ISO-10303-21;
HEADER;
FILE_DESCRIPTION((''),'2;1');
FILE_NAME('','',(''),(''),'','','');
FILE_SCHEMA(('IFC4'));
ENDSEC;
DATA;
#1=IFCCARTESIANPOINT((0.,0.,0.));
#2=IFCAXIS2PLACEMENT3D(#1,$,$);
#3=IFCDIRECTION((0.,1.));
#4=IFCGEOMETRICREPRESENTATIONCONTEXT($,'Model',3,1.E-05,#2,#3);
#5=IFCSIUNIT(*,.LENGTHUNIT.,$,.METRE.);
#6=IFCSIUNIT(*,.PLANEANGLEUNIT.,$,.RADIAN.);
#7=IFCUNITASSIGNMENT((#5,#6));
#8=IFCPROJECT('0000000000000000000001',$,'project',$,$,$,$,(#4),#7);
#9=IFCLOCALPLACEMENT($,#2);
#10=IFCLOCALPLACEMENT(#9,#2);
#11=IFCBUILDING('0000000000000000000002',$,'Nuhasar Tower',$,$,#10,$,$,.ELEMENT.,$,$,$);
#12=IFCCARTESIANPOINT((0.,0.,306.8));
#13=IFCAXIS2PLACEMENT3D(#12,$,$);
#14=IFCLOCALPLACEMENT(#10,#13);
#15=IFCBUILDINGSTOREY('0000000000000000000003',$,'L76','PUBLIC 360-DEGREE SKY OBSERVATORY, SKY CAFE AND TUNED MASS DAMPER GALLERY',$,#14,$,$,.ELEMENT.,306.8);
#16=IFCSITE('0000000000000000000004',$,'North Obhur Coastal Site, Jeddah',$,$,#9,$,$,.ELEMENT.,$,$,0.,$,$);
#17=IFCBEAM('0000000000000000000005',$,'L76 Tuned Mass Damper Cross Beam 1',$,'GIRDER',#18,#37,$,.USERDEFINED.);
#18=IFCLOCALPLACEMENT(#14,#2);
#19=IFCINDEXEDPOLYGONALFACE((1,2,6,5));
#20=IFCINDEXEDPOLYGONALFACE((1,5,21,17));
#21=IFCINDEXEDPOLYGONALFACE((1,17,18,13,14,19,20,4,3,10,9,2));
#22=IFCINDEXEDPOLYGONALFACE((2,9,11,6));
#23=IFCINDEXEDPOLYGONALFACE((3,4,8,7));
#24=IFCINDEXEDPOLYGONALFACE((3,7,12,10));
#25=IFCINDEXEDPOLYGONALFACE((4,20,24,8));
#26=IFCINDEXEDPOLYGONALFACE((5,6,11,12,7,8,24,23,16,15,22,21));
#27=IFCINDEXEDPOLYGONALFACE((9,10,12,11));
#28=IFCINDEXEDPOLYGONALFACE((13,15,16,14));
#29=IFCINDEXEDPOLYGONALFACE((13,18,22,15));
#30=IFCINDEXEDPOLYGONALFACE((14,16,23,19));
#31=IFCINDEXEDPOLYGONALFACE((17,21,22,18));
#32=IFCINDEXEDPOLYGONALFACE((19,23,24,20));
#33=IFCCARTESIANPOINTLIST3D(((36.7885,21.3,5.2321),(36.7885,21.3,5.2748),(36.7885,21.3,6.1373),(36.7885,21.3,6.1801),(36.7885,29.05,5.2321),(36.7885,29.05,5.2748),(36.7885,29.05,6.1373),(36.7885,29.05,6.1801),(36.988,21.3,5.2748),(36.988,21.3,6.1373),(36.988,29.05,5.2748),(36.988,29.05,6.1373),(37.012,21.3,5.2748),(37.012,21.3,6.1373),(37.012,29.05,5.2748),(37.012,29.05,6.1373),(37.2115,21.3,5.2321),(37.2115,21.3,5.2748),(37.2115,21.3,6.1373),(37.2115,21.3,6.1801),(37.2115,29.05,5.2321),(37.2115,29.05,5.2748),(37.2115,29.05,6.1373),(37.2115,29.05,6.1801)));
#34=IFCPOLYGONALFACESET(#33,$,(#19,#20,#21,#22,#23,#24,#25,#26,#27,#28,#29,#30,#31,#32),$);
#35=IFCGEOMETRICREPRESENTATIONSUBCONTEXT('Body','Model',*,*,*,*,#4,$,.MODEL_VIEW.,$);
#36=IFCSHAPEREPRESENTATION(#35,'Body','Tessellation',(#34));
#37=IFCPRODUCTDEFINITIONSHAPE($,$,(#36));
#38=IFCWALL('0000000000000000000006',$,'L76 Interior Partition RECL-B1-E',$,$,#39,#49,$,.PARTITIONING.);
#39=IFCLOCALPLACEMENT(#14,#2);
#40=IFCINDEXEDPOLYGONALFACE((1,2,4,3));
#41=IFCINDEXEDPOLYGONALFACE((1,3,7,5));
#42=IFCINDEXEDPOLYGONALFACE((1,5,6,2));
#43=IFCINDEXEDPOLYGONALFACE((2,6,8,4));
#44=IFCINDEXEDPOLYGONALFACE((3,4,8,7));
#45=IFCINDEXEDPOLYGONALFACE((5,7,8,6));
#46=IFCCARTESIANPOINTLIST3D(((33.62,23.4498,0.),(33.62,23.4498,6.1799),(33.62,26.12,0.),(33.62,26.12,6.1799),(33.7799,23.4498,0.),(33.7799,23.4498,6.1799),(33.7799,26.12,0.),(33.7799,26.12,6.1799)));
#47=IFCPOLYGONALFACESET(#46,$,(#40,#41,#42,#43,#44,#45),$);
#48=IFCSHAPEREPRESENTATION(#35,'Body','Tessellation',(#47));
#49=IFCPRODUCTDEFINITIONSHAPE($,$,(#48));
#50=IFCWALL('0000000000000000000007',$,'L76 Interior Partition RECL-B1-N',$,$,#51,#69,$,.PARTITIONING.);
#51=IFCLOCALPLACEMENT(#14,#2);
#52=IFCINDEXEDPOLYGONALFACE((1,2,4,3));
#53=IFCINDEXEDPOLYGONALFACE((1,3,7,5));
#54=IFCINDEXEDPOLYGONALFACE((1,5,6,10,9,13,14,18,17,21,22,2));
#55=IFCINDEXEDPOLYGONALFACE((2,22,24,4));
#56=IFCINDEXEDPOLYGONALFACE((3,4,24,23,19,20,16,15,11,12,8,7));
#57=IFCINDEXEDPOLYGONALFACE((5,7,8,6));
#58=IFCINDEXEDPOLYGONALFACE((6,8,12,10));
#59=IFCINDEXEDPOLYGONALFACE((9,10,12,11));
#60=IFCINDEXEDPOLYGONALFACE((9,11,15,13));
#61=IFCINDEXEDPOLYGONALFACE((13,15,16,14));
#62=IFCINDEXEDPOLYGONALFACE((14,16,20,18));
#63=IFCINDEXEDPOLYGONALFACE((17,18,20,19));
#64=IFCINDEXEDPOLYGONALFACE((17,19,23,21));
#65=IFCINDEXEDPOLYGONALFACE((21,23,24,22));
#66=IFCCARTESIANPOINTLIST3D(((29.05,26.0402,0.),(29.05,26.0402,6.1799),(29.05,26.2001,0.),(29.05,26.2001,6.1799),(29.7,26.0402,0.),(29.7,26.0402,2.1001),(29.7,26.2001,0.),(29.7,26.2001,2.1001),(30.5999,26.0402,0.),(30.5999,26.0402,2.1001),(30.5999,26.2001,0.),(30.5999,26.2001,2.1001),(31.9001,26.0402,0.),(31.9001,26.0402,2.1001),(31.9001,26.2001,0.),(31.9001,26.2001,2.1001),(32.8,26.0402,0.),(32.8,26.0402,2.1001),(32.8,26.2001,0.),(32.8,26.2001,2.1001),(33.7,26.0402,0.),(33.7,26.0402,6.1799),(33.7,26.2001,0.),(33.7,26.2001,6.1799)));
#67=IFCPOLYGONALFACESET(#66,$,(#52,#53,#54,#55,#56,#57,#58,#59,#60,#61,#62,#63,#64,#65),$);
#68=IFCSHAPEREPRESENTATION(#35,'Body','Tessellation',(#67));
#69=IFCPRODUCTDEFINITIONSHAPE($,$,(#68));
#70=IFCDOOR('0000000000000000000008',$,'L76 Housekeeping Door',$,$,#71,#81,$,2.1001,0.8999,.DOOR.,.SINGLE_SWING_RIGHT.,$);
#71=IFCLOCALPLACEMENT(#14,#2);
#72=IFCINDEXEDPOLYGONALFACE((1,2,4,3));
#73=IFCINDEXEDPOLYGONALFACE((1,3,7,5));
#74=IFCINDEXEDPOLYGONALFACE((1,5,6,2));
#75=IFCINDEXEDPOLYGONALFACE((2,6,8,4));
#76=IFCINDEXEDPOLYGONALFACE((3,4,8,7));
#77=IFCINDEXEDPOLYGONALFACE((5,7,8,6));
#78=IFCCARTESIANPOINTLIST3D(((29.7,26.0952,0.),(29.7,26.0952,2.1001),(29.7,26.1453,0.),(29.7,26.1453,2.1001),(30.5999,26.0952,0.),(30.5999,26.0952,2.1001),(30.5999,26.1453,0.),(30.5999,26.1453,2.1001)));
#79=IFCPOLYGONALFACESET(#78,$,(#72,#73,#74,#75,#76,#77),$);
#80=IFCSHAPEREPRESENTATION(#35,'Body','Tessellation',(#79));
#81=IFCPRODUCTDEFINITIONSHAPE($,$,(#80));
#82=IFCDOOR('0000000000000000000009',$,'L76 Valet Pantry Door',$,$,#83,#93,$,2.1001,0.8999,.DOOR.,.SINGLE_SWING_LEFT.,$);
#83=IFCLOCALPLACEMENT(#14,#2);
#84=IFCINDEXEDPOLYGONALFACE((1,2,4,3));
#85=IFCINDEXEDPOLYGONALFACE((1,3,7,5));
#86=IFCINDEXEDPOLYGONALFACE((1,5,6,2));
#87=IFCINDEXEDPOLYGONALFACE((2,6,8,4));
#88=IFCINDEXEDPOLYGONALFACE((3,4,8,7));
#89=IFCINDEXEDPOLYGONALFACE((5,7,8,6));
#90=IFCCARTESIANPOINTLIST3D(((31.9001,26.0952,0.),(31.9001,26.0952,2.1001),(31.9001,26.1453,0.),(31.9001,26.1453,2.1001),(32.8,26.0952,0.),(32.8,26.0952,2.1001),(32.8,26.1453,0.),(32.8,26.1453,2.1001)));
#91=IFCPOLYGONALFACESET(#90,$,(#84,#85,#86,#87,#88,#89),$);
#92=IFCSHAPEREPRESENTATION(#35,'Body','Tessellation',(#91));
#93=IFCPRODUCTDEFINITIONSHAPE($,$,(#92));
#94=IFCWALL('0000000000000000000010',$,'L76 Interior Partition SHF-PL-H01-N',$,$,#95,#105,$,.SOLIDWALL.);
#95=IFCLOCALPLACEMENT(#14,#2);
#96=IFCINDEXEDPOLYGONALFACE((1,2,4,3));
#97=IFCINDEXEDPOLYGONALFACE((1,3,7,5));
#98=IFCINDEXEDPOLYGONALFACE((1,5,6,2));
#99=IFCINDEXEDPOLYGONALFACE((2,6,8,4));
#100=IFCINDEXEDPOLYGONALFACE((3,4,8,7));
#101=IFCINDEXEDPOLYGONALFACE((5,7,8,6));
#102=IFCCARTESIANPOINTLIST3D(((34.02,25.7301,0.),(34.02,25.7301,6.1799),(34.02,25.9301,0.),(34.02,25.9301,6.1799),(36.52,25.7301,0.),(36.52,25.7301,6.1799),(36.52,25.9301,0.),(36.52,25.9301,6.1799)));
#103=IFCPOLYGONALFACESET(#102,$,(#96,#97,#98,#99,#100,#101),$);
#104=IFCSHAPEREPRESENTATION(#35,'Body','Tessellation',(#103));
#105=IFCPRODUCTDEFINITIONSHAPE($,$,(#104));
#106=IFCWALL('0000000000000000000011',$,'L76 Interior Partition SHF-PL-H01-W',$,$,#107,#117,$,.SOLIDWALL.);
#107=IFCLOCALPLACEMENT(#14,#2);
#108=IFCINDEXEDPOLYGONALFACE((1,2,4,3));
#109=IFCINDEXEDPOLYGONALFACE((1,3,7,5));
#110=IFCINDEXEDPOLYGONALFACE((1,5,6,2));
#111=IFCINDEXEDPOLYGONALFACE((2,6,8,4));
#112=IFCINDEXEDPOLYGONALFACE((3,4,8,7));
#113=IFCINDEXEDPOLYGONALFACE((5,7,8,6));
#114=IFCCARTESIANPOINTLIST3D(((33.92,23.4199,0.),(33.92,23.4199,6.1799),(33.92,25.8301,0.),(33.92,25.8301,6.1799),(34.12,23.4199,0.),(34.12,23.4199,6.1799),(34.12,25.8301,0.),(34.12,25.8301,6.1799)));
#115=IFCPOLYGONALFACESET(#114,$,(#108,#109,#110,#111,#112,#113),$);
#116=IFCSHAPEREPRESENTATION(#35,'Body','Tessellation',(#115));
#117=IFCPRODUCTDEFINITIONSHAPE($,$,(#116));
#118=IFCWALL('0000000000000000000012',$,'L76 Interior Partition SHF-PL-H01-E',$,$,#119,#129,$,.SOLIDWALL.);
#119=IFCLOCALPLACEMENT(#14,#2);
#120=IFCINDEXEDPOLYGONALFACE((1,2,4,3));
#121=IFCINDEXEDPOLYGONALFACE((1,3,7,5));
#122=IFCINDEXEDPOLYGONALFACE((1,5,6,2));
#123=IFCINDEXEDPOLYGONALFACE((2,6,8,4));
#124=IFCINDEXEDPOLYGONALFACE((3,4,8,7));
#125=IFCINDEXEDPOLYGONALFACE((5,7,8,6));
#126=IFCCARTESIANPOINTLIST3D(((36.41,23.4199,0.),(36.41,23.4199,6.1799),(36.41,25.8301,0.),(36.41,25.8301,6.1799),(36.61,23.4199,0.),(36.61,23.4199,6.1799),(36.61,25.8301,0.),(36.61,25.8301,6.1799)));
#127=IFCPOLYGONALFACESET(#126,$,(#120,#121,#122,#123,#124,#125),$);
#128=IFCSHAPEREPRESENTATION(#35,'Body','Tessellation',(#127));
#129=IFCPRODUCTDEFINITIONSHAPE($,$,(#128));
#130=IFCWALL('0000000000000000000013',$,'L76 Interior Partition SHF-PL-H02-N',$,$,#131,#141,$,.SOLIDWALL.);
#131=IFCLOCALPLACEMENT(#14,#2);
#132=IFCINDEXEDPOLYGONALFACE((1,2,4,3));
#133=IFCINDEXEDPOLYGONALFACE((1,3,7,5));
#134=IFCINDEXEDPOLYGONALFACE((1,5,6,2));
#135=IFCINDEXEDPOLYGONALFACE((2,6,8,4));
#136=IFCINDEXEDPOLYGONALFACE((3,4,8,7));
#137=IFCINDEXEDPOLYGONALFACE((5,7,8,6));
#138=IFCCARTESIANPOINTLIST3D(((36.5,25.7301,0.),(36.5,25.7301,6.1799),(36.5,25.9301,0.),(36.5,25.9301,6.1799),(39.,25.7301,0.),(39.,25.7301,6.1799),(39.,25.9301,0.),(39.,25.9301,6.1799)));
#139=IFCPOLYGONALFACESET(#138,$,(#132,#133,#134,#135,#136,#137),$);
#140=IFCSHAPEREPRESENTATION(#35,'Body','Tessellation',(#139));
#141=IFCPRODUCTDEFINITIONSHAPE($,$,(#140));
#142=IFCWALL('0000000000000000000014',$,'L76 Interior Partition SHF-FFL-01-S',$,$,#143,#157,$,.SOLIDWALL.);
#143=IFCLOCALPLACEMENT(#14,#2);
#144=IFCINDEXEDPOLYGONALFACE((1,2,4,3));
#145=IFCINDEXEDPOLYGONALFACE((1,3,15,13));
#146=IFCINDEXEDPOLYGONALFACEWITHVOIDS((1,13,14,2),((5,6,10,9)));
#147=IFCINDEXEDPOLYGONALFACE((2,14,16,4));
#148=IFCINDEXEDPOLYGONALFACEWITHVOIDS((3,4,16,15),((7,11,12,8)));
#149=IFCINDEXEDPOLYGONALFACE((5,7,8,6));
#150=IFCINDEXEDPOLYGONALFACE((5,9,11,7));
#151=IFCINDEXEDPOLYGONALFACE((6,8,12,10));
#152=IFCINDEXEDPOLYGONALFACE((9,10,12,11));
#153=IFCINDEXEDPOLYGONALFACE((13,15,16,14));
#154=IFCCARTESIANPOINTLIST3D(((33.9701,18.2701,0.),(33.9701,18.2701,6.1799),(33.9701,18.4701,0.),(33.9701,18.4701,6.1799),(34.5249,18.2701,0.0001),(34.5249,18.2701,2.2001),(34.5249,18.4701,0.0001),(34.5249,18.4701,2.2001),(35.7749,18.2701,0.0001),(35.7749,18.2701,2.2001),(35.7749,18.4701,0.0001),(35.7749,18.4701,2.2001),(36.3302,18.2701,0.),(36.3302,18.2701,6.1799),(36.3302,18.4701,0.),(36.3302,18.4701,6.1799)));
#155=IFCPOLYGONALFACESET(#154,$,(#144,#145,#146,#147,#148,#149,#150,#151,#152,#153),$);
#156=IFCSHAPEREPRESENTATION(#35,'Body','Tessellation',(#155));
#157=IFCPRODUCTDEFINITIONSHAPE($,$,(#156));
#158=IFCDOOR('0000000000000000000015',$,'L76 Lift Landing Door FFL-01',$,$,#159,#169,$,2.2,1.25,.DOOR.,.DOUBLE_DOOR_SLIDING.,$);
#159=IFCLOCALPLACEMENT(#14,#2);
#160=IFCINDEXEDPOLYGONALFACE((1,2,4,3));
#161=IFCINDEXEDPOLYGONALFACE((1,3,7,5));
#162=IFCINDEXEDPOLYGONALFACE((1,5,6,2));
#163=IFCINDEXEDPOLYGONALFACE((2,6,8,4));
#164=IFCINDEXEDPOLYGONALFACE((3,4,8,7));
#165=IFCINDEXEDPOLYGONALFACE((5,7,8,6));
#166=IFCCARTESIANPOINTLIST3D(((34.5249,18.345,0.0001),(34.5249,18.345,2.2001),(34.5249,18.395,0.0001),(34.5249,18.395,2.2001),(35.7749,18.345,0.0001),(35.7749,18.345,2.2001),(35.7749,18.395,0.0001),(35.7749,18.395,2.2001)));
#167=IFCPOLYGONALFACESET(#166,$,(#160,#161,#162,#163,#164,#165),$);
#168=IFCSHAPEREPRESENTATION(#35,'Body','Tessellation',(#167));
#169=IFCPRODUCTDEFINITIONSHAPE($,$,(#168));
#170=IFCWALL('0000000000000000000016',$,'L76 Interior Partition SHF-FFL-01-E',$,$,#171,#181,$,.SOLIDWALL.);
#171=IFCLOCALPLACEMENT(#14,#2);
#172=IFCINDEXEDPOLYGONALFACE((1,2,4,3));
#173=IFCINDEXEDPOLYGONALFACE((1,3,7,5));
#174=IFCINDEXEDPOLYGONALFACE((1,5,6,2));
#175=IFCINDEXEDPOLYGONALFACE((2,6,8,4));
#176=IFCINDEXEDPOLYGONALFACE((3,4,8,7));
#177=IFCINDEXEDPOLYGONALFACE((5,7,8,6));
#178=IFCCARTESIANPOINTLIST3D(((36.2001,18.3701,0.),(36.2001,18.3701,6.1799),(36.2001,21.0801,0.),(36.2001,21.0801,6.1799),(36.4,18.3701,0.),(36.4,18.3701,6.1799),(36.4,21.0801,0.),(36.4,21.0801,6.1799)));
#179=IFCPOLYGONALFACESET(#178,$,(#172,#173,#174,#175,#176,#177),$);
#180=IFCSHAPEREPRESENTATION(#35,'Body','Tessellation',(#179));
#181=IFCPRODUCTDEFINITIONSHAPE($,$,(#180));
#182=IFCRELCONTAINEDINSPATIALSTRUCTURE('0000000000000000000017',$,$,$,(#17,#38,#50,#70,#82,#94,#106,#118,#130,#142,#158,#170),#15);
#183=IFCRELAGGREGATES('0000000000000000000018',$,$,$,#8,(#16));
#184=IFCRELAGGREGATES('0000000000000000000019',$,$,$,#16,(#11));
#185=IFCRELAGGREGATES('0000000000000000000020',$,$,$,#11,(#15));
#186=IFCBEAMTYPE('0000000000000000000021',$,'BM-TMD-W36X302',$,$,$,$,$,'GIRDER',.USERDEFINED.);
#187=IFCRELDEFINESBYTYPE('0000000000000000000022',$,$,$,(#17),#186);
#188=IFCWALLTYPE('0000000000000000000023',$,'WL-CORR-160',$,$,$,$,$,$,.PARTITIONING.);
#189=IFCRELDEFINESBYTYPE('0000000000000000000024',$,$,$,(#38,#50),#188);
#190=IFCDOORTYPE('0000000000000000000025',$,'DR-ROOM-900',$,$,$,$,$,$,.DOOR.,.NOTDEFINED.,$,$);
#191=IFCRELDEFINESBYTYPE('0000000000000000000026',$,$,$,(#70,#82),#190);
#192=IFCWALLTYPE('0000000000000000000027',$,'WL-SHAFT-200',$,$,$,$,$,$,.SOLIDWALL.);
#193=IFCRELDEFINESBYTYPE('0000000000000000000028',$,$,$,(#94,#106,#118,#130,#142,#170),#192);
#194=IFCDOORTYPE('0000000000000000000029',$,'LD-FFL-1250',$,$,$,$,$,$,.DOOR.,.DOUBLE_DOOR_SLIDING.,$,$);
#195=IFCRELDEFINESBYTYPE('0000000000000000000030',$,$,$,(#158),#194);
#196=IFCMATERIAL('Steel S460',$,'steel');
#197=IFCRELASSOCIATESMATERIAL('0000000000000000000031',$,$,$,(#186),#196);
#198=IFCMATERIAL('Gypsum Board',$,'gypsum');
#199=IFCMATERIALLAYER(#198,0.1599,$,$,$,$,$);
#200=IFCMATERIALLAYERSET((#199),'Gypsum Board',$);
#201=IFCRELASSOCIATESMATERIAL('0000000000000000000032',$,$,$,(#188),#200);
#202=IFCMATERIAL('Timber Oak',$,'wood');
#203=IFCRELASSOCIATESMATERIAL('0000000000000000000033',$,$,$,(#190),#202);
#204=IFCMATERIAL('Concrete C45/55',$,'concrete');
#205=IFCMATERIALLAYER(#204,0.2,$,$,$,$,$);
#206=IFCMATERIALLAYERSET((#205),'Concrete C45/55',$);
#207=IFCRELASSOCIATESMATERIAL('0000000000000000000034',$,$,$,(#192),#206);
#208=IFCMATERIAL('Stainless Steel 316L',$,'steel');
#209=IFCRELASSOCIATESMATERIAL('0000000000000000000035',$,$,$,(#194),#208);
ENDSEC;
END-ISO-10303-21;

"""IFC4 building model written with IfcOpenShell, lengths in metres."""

from ifc_helpers import new_model, si_unit, direction, frame, frame_2d, origin, origin_2d, place, context, subcontext, project, spatial, rectangle, i_section, extrude, material, layer, layer_set, material_profile, profile_set, type_object, element, fill, save


model = new_model("IFC4")

# Units and contexts
model_context = context("Model", 3, precision=1e-05, world=origin(), true_north=direction((0.0, 1.0)))
body_context = subcontext(model_context, "Body", "Model", "MODEL_VIEW")
ifc_project = project(units=[si_unit("LENGTHUNIT", "METRE"), si_unit("PLANEANGLEUNIT", "RADIAN")], contexts=[model_context])

# Site, building, storey
site_placement = place(None, origin())
site = spatial("IfcSite", under=ifc_project, at=site_placement, Name="North Obhur Coastal Site, Jeddah", CompositionType="ELEMENT", RefElevation=0.0)
building_placement = place(site_placement, origin())
building = spatial("IfcBuilding", under=site, at=building_placement, Name="Nuhasar Tower", CompositionType="ELEMENT")
storey_placement = place(building_placement, frame((0.0, 0.0, 306.8)))
storey = spatial("IfcBuildingStorey", under=building, at=storey_placement, Name="L76", Description="PUBLIC 360-DEGREE SKY OBSERVATORY, SKY CAFE AND TUNED MASS DAMPER GALLERY", CompositionType="ELEMENT", Elevation=306.8)

# Beam
ifc_material_1 = material(Name="Steel S460", Category="steel")
ifc_material_profile = material_profile(ifc_material_1, i_section(OverallWidth=0.4231, OverallDepth=0.948, WebThickness=0.0239, FlangeThickness=0.0427, at=origin_2d()), Name="W36X302")
ifc_profile_set = profile_set([ifc_material_profile], Name="Steel S460")
beam_type = type_object("IfcBeamType", Name="BM-TMD-W36X302", ElementType="GIRDER", PredefinedType="USERDEFINED", material=ifc_profile_set)
beam_placement = place(storey_placement, frame((37.0, 21.3, 5.7061), z_axis=(0.0, 1.0, 0.0), x_axis=(-1.0, 0.0, 0.0)))
element("IfcBeam", 1, at=beam_placement, inside=storey, type_object=beam_type, Name="L76 Tuned Mass Damper Cross Beam 1", ObjectType="GIRDER", PredefinedType="USERDEFINED", context=body_context, shape_type="SweptSolid", body=[
    extrude(i_section(OverallWidth=0.4231, OverallDepth=0.948, WebThickness=0.0239, FlangeThickness=0.0427, at=origin_2d()), origin(), (0.0, 0.0, 1.0), 7.75),
])

# Wall
ifc_material_2 = material(Name="Gypsum Board", Category="gypsum")
ifc_layer_1 = layer(ifc_material_2, 0.1599)
ifc_layer_set_1 = layer_set([ifc_layer_1], Name="Gypsum Board")
wall_type_1 = type_object("IfcWallType", Name="WL-CORR-160", PredefinedType="PARTITIONING", material=ifc_layer_set_1)
wall_1_placement = place(storey_placement, frame((33.7, 23.45, 0.0), z_axis=(0.0, 0.0, 1.0), x_axis=(0.0, 1.0, 0.0)))
element("IfcWall", 2, at=wall_1_placement, inside=storey, type_object=wall_type_1, Name="L76 Interior Partition RECL-B1-E", PredefinedType="PARTITIONING", context=body_context, shape_type="SweptSolid", body=[
    extrude(rectangle(XDim=2.6702, YDim=0.1599, at=frame_2d((1.335, 0.0))), origin(), (0.0, 0.0, 1.0), 6.1799),
])

# Wall, openings, doors
wall_2_placement = place(storey_placement, frame((33.7, 26.1201, 0.0), z_axis=(0.0, 0.0, 1.0), x_axis=(-1.0, 0.0, 0.0)))
wall_2 = element("IfcWall", 3, at=wall_2_placement, inside=storey, type_object=wall_type_1, Name="L76 Interior Partition RECL-B1-N", PredefinedType="PARTITIONING", context=body_context, shape_type="SweptSolid", body=[
    extrude(rectangle(XDim=4.6499, YDim=0.1599, at=frame_2d((2.325, 0.0))), origin(), (0.0, 0.0, 1.0), 6.1799),
])
opening_1_placement = place(wall_2_placement, frame((3.1001, 0.0, 0.0)))
opening_1 = element("IfcOpeningElement", 4, at=opening_1_placement, cuts=wall_2, PredefinedType="OPENING", context=body_context, shape_type="SweptSolid", body=[
    extrude(rectangle(XDim=0.8999, YDim=2.1001, at=frame_2d((0.45, 1.05))), frame((0.0, 0.0898, 0.0), z_axis=(0.0, -1.0, 0.0), x_axis=(1.0, 0.0, 0.0)), (0.0, 0.0, 1.0), 0.1799),
])
opening_2_placement = place(wall_2_placement, frame((0.8999, 0.0, 0.0)))
opening_2 = element("IfcOpeningElement", 5, at=opening_2_placement, cuts=wall_2, PredefinedType="OPENING", context=body_context, shape_type="SweptSolid", body=[
    extrude(rectangle(XDim=0.8999, YDim=2.1001, at=frame_2d((0.45, 1.05))), frame((0.0, 0.0898, 0.0), z_axis=(0.0, -1.0, 0.0), x_axis=(1.0, 0.0, 0.0)), (0.0, 0.0, 1.0), 0.1799),
])
ifc_material_3 = material(Name="Timber Oak", Category="wood")
door_type_1 = type_object("IfcDoorType", Name="DR-ROOM-900", OperationType="NOTDEFINED", PredefinedType="DOOR", material=ifc_material_3)
door_1_placement = place(opening_1_placement, origin())
door_1 = element("IfcDoor", 6, at=door_1_placement, inside=storey, type_object=door_type_1, Name="L76 Housekeeping Door", OperationType="SINGLE_SWING_RIGHT", OverallHeight=2.1001, OverallWidth=0.8999, PredefinedType="DOOR", context=body_context, shape_type="SweptSolid", body=[
    extrude(rectangle(XDim=0.8999, YDim=2.1001, at=frame_2d((0.45, 1.05))), frame((0.0, 0.0249, 0.0), z_axis=(0.0, -1.0, 0.0), x_axis=(1.0, 0.0, 0.0)), (0.0, 0.0, 1.0), 0.05),
])
fill(opening_1, door_1)
door_2_placement = place(opening_2_placement, origin())
door_2 = element("IfcDoor", 7, at=door_2_placement, inside=storey, type_object=door_type_1, Name="L76 Valet Pantry Door", OperationType="SINGLE_SWING_LEFT", OverallHeight=2.1001, OverallWidth=0.8999, PredefinedType="DOOR", context=body_context, shape_type="SweptSolid", body=[
    extrude(rectangle(XDim=0.8999, YDim=2.1001, at=frame_2d((0.45, 1.05))), frame((0.0, 0.0249, 0.0), z_axis=(0.0, -1.0, 0.0), x_axis=(1.0, 0.0, 0.0)), (0.0, 0.0, 1.0), 0.05),
])
fill(opening_2, door_2)

# Shared definitions
ifc_material_4 = material(Name="Concrete C45/55", Category="concrete")
ifc_layer_2 = layer(ifc_material_4, 0.2)
ifc_layer_set_2 = layer_set([ifc_layer_2], Name="Concrete C45/55")
wall_type_2 = type_object("IfcWallType", Name="WL-SHAFT-200", PredefinedType="SOLIDWALL", material=ifc_layer_set_2)
ifc_material_5 = material(Name="Stainless Steel 316L", Category="steel")

# Walls
wall_3_placement = place(storey_placement, frame((34.02, 25.8301, 0.0), z_axis=(0.0, 0.0, 1.0), x_axis=(1.0, 0.0, 0.0)))
element("IfcWall", 8, at=wall_3_placement, inside=storey, type_object=wall_type_2, Name="L76 Interior Partition SHF-PL-H01-N", PredefinedType="SOLIDWALL", context=body_context, shape_type="SweptSolid", body=[
    extrude(rectangle(XDim=2.5, YDim=0.2, at=frame_2d((1.25, 0.0))), origin(), (0.0, 0.0, 1.0), 6.1799),
])
for number, where, z_axis, x_axis, name in (
    (9, (34.02, 23.4199, 0.0), (0.0, 0.0, 1.0), (0.0, 1.0, 0.0), "L76 Interior Partition SHF-PL-H01-W"),
    (10, (36.51, 23.4199, 0.0), (0.0, 0.0, 1.0), (0.0, 1.0, 0.0), "L76 Interior Partition SHF-PL-H01-E"),
):
    element("IfcWall", number, at=place(storey_placement, frame(where, z_axis=z_axis, x_axis=x_axis)), inside=storey, type_object=wall_type_2, Name=name, PredefinedType="SOLIDWALL", context=body_context, shape_type="SweptSolid", body=[
        extrude(rectangle(XDim=2.4102, YDim=0.2, at=frame_2d((1.2051, 0.0))), origin(), (0.0, 0.0, 1.0), 6.1799),
    ])

# Wall
wall_4_placement = place(storey_placement, frame((36.5, 25.8301, 0.0), z_axis=(0.0, 0.0, 1.0), x_axis=(1.0, 0.0, 0.0)))
element("IfcWall", 11, at=wall_4_placement, inside=storey, type_object=wall_type_2, Name="L76 Interior Partition SHF-PL-H02-N", PredefinedType="SOLIDWALL", context=body_context, shape_type="SweptSolid", body=[
    extrude(rectangle(XDim=2.5, YDim=0.2, at=frame_2d((1.25, 0.0))), origin(), (0.0, 0.0, 1.0), 6.1799),
])

# Wall, opening, door
wall_5_placement = place(storey_placement, frame((33.97, 18.3701, 0.0), z_axis=(0.0, 0.0, 1.0), x_axis=(1.0, 0.0, 0.0)))
wall_5 = element("IfcWall", 12, at=wall_5_placement, inside=storey, type_object=wall_type_2, Name="L76 Interior Partition SHF-FFL-01-S", PredefinedType="SOLIDWALL", context=body_context, shape_type="SweptSolid", body=[
    extrude(rectangle(XDim=2.3601, YDim=0.2, at=frame_2d((1.1802, 0.0))), origin(), (0.0, 0.0, 1.0), 6.1799),
])
opening_3_placement = place(wall_5_placement, frame((0.5549, 0.0, 0.0)))
opening_3 = element("IfcOpeningElement", 13, at=opening_3_placement, cuts=wall_5, PredefinedType="OPENING", context=body_context, shape_type="SweptSolid", body=[
    extrude(rectangle(XDim=1.25, YDim=2.2, at=frame_2d((0.625, 1.1001))), frame((0.0, 0.1099, 0.0), z_axis=(0.0, -1.0, 0.0), x_axis=(1.0, 0.0, 0.0)), (0.0, 0.0, 1.0), 0.22),
])
door_type_2 = type_object("IfcDoorType", Name="LD-FFL-1250", OperationType="DOUBLE_DOOR_SLIDING", PredefinedType="DOOR", material=ifc_material_5)
door_3_placement = place(opening_3_placement, origin())
door_3 = element("IfcDoor", 14, at=door_3_placement, inside=storey, type_object=door_type_2, Name="L76 Lift Landing Door FFL-01", OperationType="DOUBLE_DOOR_SLIDING", OverallHeight=2.2, OverallWidth=1.25, PredefinedType="DOOR", context=body_context, shape_type="SweptSolid", body=[
    extrude(rectangle(XDim=1.25, YDim=2.2, at=frame_2d((0.625, 1.1001))), frame((0.0, 0.0249, 0.0), z_axis=(0.0, -1.0, 0.0), x_axis=(1.0, 0.0, 0.0)), (0.0, 0.0, 1.0), 0.05),
])
fill(opening_3, door_3)

# Wall
wall_6_placement = place(storey_placement, frame((36.3, 18.3701, 0.0), z_axis=(0.0, 0.0, 1.0), x_axis=(0.0, 1.0, 0.0)))
element("IfcWall", 15, at=wall_6_placement, inside=storey, type_object=wall_type_2, Name="L76 Interior Partition SHF-FFL-01-E", PredefinedType="SOLIDWALL", context=body_context, shape_type="SweptSolid", body=[
    extrude(rectangle(XDim=2.71, YDim=0.2, at=frame_2d((1.355, 0.0))), origin(), (0.0, 0.0, 1.0), 6.1799),
])

save(model, "model.ifc")
